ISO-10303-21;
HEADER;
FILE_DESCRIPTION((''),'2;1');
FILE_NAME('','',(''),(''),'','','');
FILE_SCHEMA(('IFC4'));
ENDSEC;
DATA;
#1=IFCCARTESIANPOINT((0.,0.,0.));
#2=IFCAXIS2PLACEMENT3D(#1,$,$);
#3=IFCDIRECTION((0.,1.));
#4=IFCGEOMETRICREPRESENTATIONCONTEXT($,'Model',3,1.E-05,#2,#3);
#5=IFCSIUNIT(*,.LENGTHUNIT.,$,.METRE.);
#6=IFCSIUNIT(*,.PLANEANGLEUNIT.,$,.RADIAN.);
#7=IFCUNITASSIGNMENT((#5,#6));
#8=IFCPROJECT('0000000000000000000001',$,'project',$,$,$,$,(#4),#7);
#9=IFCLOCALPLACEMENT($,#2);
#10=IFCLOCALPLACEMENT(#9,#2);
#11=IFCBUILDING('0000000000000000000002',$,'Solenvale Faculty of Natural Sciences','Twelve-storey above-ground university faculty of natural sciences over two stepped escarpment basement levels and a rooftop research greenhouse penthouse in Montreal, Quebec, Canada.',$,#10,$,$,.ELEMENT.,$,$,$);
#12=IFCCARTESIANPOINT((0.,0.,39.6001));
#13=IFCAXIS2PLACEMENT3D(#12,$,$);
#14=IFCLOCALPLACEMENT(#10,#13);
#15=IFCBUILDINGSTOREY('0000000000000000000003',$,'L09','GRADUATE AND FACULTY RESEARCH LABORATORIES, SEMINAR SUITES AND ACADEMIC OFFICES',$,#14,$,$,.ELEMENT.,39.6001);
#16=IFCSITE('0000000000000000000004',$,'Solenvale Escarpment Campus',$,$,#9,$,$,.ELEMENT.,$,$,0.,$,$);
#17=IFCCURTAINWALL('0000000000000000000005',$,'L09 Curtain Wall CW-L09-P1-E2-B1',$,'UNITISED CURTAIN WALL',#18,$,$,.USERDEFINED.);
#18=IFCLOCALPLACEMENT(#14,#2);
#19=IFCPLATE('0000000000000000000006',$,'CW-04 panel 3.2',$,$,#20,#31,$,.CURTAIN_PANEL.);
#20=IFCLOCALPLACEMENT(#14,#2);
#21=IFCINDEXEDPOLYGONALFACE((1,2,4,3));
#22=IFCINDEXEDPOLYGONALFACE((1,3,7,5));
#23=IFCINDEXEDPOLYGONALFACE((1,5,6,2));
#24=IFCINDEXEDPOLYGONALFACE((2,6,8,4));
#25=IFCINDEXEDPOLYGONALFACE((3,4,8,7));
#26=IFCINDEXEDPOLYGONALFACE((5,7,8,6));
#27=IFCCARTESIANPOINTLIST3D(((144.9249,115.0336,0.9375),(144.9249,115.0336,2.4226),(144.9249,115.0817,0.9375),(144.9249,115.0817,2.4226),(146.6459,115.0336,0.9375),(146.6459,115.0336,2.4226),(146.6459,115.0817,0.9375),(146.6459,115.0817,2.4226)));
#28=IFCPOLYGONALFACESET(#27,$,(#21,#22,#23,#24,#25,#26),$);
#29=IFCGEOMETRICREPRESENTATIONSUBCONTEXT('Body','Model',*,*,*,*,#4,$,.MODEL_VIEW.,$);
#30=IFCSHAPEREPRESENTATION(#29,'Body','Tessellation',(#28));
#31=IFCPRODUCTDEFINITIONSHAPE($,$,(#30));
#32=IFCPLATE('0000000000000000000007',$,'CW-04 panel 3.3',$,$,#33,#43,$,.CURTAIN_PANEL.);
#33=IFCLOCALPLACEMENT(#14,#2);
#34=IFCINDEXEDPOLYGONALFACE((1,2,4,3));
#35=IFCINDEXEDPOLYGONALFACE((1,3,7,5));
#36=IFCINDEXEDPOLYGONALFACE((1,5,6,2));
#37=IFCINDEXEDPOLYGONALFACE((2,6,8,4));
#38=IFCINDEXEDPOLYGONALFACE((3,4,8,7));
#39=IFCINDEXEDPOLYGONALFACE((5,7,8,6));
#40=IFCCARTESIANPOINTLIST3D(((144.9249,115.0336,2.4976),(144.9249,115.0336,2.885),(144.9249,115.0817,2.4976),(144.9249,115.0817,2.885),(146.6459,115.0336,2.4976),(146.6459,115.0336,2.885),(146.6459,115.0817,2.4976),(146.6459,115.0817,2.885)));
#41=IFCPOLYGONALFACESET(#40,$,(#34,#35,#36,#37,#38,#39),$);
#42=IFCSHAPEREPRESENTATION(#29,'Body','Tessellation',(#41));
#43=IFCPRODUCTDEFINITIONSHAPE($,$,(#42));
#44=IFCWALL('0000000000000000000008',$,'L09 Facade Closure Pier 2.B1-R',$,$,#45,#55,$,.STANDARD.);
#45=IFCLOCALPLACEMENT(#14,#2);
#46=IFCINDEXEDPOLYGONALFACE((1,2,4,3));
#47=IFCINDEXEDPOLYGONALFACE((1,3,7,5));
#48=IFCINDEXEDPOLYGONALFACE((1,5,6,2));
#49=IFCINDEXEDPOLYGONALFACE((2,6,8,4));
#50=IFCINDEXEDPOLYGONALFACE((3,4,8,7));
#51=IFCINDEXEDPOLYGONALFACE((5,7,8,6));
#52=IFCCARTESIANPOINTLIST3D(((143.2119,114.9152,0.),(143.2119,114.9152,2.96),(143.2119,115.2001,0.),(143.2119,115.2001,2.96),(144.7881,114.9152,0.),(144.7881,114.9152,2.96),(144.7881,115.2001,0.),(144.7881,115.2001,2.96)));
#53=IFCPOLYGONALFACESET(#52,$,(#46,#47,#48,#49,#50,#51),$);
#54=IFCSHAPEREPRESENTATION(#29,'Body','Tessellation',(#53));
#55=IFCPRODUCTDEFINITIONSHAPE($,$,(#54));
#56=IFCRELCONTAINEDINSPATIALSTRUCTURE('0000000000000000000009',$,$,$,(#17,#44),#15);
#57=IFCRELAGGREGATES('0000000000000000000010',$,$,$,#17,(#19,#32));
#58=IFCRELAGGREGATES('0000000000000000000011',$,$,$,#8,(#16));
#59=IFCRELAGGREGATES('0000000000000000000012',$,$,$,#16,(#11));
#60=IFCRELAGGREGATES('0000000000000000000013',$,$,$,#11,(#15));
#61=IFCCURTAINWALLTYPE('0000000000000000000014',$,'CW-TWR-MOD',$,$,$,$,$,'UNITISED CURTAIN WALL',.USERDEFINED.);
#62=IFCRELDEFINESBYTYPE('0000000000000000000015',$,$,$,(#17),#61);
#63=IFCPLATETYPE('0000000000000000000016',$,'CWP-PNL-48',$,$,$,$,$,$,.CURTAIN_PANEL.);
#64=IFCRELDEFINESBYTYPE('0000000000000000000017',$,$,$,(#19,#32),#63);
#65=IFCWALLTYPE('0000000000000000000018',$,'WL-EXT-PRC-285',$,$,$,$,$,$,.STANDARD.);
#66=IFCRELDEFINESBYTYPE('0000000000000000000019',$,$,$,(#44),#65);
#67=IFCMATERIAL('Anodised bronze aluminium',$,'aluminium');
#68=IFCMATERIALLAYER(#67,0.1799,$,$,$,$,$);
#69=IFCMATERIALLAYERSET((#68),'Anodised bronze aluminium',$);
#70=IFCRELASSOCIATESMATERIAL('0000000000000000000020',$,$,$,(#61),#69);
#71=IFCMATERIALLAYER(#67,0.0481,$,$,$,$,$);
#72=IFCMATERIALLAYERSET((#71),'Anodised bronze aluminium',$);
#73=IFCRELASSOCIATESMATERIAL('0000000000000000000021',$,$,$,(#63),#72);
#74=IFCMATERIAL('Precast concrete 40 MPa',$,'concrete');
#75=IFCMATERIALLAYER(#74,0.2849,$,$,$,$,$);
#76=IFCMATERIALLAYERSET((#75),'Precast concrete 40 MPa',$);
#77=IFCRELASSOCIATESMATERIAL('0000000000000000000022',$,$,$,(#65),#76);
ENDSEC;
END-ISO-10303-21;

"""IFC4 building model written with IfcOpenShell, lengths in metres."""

from ifc_helpers import new_model, si_unit, direction, frame, frame_2d, origin, origin_2d, place, context, subcontext, project, spatial, rectangle, extrude, material, layer, layer_set, type_object, element, aggregate, save


model = new_model("IFC4")

# Units and contexts
model_context = context("Model", 3, precision=1e-05, world=origin(), true_north=direction((0.0, 1.0)))
body_context = subcontext(model_context, "Body", "Model", "MODEL_VIEW")
ifc_project = project(units=[si_unit("LENGTHUNIT", "METRE"), si_unit("PLANEANGLEUNIT", "RADIAN")], contexts=[model_context])

# Site, building, storey
site_placement = place(None, origin())
site = spatial("IfcSite", under=ifc_project, at=site_placement, Name="Solenvale Escarpment Campus", CompositionType="ELEMENT", RefElevation=0.0)
building_placement = place(site_placement, origin())
building = spatial("IfcBuilding", under=site, at=building_placement, Name="Solenvale Faculty of Natural Sciences", Description="Twelve-storey above-ground university faculty of natural sciences over two stepped escarpment basement levels and a rooftop research greenhouse penthouse in Montreal, Quebec, Canada.", CompositionType="ELEMENT")
storey_placement = place(building_placement, frame((0.0, 0.0, 39.6001)))
storey = spatial("IfcBuildingStorey", under=building, at=storey_placement, Name="L09", Description="GRADUATE AND FACULTY RESEARCH LABORATORIES, SEMINAR SUITES AND ACADEMIC OFFICES", CompositionType="ELEMENT", Elevation=39.6001)

# Shared definitions
ifc_material_1 = material(Name="Precast concrete 40 MPa", Category="concrete")

# Curtain wall, plates
ifc_material_2 = material(Name="Anodised bronze aluminium", Category="aluminium")
ifc_layer_1 = layer(ifc_material_2, 0.1799)
ifc_layer_set_1 = layer_set([ifc_layer_1], Name="Anodised bronze aluminium")
curtain_wall_type = type_object("IfcCurtainWallType", Name="CW-TWR-MOD", ElementType="UNITISED CURTAIN WALL", PredefinedType="USERDEFINED", material=ifc_layer_set_1)
curtain_wall_placement = place(storey_placement, origin())
curtain_wall = element("IfcCurtainWall", 1, at=curtain_wall_placement, inside=storey, type_object=curtain_wall_type, Name="L09 Curtain Wall CW-L09-P1-E2-B1", ObjectType="UNITISED CURTAIN WALL", PredefinedType="USERDEFINED")
ifc_layer_2 = layer(ifc_material_2, 0.0481)
ifc_layer_set_2 = layer_set([ifc_layer_2], Name="Anodised bronze aluminium")
plate_type = type_object("IfcPlateType", Name="CWP-PNL-48", PredefinedType="CURTAIN_PANEL", material=ifc_layer_set_2)
plate_1_placement = place(storey_placement, frame((145.7854, 115.0576, 0.9375), z_axis=(0.0, 0.0, 1.0), x_axis=(-1.0, 0.0, 0.0)))
plate_1 = element("IfcPlate", 2, at=plate_1_placement, type_object=plate_type, Name="CW-04 panel 3.2", PredefinedType="CURTAIN_PANEL", context=body_context, shape_type="SweptSolid", body=[
    extrude(rectangle(XDim=1.7209, YDim=0.0481, at=origin_2d()), origin(), (0.0, 0.0, 1.0), 1.4851),
])
plate_2_placement = place(storey_placement, frame((145.7854, 115.0576, 2.4976), z_axis=(0.0, 0.0, 1.0), x_axis=(-1.0, 0.0, 0.0)))
plate_2 = element("IfcPlate", 3, at=plate_2_placement, type_object=plate_type, Name="CW-04 panel 3.3", PredefinedType="CURTAIN_PANEL", context=body_context, shape_type="SweptSolid", body=[
    extrude(rectangle(XDim=1.7209, YDim=0.0481, at=origin_2d()), origin(), (0.0, 0.0, 1.0), 0.3875),
])
aggregate(curtain_wall, [plate_1, plate_2])

# Wall
ifc_layer_3 = layer(ifc_material_1, 0.2849)
ifc_layer_set_3 = layer_set([ifc_layer_3], Name="Precast concrete 40 MPa")
wall_type = type_object("IfcWallType", Name="WL-EXT-PRC-285", PredefinedType="STANDARD", material=ifc_layer_set_3)
wall_placement = place(storey_placement, frame((144.7881, 115.0576, 0.0), z_axis=(0.0, 0.0, 1.0), x_axis=(-1.0, 0.0, 0.0)))
element("IfcWall", 4, at=wall_placement, inside=storey, type_object=wall_type, Name="L09 Facade Closure Pier 2.B1-R", PredefinedType="STANDARD", context=body_context, shape_type="SweptSolid", body=[
    extrude(rectangle(XDim=1.5762, YDim=0.2849, at=frame_2d((0.7881, 0.0))), origin(), (0.0, 0.0, 1.0), 2.96),
])

save(model, "model.ifc")
